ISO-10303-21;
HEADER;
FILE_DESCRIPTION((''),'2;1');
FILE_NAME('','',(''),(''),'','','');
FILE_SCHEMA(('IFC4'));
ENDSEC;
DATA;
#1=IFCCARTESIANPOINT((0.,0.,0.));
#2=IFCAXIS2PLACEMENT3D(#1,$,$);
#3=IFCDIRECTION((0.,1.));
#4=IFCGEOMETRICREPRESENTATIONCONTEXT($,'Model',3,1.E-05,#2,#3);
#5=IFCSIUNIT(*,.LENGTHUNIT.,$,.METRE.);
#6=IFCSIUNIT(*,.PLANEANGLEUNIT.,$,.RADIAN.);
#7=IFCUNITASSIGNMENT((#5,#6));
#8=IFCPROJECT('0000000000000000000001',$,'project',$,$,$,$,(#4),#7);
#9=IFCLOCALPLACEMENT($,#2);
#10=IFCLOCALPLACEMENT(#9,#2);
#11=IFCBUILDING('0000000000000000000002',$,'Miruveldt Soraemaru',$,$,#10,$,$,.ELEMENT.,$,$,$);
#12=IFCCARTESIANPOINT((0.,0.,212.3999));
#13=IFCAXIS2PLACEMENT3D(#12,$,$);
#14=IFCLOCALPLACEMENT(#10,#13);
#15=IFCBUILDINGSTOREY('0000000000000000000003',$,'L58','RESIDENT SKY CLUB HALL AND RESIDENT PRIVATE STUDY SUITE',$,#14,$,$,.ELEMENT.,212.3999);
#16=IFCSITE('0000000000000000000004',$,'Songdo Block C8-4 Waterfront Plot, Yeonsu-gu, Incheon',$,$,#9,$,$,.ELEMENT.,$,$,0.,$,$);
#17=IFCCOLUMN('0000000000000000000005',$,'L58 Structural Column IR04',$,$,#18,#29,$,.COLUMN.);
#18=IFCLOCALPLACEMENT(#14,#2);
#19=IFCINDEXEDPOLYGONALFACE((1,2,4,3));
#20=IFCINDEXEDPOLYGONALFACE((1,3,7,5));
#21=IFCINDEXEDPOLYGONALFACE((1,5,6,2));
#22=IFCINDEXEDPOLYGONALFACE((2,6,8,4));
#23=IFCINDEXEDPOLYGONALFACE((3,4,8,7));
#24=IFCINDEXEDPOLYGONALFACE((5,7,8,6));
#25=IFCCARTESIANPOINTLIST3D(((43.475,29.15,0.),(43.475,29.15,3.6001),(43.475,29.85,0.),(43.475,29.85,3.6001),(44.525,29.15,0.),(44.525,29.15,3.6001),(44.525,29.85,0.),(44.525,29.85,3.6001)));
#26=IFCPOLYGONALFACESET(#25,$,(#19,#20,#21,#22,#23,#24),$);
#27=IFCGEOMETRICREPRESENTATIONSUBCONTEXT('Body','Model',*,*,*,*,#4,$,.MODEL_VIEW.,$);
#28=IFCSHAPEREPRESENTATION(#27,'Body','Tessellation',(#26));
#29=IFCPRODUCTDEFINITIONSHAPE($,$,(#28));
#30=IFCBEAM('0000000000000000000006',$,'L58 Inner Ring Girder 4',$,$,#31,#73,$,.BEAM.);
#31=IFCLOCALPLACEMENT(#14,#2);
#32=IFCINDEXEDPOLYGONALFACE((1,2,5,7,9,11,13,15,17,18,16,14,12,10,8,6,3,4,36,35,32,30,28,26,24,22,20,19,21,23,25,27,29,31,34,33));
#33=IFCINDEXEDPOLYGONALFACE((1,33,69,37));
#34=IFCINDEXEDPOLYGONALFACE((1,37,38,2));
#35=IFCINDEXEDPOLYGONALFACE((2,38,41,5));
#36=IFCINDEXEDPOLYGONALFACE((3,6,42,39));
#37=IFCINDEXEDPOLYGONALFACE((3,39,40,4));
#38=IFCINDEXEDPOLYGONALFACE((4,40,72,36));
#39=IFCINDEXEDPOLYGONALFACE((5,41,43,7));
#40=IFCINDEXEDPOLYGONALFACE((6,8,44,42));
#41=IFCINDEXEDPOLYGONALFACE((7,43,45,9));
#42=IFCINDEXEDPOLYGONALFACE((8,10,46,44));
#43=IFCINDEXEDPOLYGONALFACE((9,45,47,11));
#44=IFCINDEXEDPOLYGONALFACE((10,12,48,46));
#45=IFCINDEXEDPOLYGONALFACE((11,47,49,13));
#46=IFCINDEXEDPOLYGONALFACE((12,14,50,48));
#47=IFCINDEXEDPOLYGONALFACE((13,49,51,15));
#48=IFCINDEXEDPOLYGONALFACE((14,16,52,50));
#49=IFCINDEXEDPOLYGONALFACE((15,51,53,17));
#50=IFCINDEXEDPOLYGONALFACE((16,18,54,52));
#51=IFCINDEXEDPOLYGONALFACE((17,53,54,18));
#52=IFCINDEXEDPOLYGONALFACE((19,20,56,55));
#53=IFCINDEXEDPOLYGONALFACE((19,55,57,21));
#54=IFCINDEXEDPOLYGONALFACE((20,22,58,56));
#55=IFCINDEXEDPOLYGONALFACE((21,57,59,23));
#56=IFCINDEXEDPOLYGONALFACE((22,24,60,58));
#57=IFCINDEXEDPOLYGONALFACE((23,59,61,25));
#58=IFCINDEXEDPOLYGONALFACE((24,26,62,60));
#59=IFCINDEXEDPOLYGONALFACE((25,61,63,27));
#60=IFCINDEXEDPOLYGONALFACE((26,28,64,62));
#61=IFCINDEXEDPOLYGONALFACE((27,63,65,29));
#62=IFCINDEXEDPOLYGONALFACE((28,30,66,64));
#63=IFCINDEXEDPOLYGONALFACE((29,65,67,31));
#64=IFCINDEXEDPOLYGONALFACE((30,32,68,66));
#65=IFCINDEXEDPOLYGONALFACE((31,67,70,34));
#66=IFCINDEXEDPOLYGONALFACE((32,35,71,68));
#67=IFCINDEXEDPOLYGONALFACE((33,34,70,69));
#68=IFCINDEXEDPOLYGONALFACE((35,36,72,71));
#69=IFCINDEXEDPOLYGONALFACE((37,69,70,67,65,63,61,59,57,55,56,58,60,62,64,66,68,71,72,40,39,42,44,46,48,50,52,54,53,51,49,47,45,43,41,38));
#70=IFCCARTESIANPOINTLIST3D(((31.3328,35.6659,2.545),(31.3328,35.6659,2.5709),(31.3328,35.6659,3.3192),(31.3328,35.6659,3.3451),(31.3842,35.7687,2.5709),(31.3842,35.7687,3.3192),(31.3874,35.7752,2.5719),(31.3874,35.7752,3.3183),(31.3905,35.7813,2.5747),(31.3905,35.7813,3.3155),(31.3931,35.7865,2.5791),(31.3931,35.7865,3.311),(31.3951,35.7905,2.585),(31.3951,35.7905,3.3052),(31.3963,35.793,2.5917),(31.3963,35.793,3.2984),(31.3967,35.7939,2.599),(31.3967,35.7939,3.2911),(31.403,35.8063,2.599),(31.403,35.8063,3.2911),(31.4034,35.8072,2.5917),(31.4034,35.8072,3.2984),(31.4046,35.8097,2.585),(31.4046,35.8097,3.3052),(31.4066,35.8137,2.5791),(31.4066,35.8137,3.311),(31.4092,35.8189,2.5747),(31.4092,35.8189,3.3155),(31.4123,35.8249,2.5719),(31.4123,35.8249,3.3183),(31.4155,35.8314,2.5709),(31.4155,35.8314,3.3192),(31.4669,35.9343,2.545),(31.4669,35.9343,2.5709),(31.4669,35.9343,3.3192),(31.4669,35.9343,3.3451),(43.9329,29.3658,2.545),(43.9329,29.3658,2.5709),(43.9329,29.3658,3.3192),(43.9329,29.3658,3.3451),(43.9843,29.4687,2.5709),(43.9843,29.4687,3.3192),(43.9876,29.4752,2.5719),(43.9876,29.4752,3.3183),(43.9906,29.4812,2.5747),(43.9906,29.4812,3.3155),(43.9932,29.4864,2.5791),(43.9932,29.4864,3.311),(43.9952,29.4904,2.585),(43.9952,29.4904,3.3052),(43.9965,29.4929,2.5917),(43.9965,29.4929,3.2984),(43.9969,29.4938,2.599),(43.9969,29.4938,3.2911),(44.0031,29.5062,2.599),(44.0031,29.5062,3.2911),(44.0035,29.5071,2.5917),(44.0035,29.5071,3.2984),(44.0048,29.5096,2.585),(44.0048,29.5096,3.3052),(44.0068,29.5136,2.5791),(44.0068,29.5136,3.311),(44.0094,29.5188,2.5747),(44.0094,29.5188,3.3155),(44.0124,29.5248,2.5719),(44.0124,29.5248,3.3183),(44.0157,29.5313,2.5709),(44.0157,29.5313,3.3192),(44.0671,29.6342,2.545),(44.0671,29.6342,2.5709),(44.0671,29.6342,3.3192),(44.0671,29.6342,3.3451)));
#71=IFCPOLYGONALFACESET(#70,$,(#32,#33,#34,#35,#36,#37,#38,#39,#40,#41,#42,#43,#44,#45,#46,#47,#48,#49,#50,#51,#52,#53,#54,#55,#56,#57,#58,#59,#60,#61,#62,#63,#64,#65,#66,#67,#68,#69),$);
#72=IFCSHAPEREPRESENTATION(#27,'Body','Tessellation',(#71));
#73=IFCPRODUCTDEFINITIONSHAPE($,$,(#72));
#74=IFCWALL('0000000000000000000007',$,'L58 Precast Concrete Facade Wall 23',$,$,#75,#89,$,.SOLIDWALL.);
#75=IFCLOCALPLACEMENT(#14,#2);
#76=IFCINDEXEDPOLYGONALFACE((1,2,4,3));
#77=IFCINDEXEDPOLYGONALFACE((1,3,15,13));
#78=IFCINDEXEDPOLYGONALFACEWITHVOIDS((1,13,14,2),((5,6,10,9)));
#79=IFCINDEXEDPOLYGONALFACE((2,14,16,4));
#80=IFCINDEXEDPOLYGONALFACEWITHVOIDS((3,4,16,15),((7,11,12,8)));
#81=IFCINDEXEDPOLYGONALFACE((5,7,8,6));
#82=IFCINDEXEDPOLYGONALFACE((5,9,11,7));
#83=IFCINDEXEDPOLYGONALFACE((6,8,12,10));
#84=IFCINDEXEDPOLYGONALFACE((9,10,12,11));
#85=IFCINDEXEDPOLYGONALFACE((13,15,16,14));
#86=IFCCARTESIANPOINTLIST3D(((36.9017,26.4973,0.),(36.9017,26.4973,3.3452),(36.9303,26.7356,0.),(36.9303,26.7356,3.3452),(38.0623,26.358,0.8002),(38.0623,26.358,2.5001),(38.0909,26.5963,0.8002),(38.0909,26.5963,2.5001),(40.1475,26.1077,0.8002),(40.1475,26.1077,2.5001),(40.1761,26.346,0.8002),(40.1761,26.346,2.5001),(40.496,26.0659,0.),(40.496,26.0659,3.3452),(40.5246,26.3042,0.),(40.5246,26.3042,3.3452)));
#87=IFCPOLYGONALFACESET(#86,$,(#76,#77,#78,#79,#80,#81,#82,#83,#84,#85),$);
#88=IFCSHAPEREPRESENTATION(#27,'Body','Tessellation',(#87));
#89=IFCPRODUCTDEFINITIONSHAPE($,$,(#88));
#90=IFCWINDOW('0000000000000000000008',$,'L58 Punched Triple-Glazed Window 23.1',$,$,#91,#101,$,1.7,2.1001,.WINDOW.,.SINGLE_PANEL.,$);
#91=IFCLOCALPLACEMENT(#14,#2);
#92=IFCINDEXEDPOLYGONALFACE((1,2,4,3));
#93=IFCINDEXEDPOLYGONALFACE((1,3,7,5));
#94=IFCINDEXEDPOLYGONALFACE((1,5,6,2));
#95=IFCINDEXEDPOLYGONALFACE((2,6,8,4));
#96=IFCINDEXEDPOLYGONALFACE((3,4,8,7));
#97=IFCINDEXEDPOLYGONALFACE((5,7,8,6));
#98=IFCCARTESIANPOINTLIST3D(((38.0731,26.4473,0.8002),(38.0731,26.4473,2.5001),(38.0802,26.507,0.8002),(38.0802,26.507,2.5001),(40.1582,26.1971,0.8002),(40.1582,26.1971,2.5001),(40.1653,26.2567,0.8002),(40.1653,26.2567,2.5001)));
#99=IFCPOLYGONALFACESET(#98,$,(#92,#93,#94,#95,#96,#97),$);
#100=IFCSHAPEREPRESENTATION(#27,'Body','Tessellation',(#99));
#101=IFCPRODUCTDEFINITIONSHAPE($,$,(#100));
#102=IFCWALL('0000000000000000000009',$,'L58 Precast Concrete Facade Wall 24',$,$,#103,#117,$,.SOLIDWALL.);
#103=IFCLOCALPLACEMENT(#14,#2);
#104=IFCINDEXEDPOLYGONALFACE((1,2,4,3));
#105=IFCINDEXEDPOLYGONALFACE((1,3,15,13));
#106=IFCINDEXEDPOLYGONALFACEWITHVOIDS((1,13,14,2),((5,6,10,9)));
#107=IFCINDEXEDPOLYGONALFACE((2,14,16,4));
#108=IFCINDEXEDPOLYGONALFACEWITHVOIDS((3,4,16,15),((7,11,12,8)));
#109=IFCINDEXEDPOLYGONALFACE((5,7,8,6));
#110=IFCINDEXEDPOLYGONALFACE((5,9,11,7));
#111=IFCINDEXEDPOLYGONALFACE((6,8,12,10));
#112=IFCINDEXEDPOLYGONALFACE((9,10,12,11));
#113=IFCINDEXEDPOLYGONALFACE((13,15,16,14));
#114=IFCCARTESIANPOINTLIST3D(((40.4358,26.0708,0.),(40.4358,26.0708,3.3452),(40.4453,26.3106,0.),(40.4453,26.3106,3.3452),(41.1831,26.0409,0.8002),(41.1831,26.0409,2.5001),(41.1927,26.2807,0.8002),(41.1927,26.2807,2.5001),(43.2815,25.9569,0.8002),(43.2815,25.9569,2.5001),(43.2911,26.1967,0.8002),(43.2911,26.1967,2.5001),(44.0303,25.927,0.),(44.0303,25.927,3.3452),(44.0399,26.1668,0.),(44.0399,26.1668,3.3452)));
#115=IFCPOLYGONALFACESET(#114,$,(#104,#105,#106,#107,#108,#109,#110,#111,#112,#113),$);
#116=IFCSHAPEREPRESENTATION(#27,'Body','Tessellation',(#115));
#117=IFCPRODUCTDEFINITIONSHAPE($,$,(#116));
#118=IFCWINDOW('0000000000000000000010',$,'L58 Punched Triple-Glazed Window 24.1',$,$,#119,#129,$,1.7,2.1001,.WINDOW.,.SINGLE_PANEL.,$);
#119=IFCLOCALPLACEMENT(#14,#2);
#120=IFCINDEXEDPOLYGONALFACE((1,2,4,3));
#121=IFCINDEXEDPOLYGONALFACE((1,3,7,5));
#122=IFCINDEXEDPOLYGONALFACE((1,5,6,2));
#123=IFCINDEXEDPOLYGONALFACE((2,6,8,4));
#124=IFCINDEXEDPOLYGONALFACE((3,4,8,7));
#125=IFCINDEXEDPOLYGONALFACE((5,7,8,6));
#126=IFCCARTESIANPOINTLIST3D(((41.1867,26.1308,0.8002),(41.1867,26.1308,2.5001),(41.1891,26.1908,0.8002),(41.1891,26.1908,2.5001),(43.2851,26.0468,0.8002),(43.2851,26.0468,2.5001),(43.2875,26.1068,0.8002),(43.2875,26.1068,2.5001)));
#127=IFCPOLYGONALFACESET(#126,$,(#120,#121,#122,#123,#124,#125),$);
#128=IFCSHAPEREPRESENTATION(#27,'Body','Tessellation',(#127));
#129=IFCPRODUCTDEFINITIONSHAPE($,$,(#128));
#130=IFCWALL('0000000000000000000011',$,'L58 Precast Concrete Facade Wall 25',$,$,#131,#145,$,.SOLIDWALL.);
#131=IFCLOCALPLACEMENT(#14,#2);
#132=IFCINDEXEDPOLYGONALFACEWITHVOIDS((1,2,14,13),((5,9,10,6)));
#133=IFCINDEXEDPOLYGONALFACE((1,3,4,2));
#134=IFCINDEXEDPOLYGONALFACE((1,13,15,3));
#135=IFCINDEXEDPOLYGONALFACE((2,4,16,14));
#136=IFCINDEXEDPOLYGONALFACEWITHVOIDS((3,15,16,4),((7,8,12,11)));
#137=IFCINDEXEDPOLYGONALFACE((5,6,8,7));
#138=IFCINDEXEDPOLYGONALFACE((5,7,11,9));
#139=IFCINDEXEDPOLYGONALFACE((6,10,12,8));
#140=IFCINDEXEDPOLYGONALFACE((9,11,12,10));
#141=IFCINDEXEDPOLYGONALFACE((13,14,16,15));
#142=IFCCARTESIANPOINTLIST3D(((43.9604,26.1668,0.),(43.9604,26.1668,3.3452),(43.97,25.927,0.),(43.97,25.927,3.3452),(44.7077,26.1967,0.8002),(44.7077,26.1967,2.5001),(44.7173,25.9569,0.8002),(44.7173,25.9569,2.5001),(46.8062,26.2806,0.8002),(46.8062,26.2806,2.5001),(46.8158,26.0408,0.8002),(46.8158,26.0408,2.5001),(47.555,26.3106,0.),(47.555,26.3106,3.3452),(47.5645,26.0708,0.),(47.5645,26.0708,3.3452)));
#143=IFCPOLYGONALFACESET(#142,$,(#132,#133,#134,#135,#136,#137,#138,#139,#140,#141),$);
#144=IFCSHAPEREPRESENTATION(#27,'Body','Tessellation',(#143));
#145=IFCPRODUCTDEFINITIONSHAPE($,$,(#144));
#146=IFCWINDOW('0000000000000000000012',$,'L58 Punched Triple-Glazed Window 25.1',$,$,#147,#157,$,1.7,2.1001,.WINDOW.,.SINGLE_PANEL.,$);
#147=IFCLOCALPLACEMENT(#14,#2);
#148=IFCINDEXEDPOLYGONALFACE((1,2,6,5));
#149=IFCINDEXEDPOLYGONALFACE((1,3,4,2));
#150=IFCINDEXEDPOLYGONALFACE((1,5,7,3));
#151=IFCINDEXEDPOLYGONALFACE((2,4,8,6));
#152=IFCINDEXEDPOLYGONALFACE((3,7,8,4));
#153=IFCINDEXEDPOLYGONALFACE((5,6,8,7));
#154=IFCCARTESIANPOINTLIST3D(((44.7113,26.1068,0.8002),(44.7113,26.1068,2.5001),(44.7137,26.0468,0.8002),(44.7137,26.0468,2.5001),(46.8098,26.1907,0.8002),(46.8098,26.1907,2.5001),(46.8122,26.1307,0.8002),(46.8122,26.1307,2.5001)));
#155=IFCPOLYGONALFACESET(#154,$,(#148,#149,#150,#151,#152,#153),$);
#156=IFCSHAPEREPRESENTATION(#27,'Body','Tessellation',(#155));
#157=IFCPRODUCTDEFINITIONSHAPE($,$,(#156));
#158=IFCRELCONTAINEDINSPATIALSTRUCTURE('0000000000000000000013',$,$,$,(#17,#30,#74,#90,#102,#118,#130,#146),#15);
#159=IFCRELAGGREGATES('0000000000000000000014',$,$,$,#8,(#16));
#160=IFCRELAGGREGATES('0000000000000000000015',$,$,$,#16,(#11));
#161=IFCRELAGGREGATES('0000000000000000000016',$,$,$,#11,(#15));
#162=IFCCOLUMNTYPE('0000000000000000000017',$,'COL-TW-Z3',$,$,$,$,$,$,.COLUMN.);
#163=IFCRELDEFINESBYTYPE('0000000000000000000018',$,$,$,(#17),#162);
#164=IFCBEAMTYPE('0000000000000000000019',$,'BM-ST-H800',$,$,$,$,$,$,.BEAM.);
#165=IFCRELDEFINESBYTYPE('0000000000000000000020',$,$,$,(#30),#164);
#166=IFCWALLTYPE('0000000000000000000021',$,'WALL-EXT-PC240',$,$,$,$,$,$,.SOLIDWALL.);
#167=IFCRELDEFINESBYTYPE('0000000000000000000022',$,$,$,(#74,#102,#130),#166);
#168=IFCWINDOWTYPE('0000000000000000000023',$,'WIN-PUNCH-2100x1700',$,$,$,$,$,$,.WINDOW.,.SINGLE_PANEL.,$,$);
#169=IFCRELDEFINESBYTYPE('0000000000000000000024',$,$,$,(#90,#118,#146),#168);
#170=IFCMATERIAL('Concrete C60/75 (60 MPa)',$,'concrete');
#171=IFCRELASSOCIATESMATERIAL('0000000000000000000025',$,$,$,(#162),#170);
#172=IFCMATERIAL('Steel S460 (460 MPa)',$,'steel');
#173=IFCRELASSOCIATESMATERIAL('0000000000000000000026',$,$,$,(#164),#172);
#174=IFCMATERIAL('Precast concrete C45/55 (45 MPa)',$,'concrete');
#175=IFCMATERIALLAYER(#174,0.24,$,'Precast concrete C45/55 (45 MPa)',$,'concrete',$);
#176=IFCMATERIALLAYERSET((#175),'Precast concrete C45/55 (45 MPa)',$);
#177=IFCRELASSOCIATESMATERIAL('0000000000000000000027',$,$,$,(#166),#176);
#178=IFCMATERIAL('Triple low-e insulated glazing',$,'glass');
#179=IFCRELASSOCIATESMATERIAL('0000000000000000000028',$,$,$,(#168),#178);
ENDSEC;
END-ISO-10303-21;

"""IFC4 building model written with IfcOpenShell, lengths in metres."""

from ifc_helpers import new_model, si_unit, direction, frame, frame_2d, origin, origin_2d, place, context, subcontext, project, spatial, rectangle, i_section, extrude, material, layer, layer_set, material_profile, profile_set, type_object, element, fill, save


model = new_model("IFC4")

# Units and contexts
model_context = context("Model", 3, precision=1e-05, world=origin(), true_north=direction((0.0, 1.0)))
body_context = subcontext(model_context, "Body", "Model", "MODEL_VIEW")
ifc_project = project(units=[si_unit("LENGTHUNIT", "METRE"), si_unit("PLANEANGLEUNIT", "RADIAN")], contexts=[model_context])

# Site, building, storey
site_placement = place(None, origin())
site = spatial("IfcSite", under=ifc_project, at=site_placement, Name="Songdo Block C8-4 Waterfront Plot, Yeonsu-gu, Incheon", CompositionType="ELEMENT", RefElevation=0.0)
building_placement = place(site_placement, origin())
building = spatial("IfcBuilding", under=site, at=building_placement, Name="Miruveldt Soraemaru", CompositionType="ELEMENT")
storey_placement = place(building_placement, frame((0.0, 0.0, 212.3999)))
storey = spatial("IfcBuildingStorey", under=building, at=storey_placement, Name="L58", Description="RESIDENT SKY CLUB HALL AND RESIDENT PRIVATE STUDY SUITE", CompositionType="ELEMENT", Elevation=212.3999)

# Column
ifc_material_1 = material(Name="Concrete C60/75 (60 MPa)", Category="concrete")
ifc_material_profile_1 = material_profile(ifc_material_1, rectangle(XDim=1.05, YDim=0.7, at=origin_2d()), Name="Concrete C60/75 (60 MPa)", Category="concrete")
ifc_profile_set_1 = profile_set([ifc_material_profile_1], Name="Concrete C60/75 (60 MPa)")
column_type = type_object("IfcColumnType", Name="COL-TW-Z3", PredefinedType="COLUMN", material=ifc_profile_set_1)
column_placement = place(storey_placement, frame((44.0, 29.5, 0.0), z_axis=(0.0, 0.0, 1.0), x_axis=(1.0, 0.0, 0.0)))
element("IfcColumn", 1, at=column_placement, inside=storey, type_object=column_type, Name="L58 Structural Column IR04", PredefinedType="COLUMN", context=body_context, shape_type="SweptSolid", body=[
    extrude(rectangle(XDim=1.05, YDim=0.7, at=origin_2d()), origin(), (0.0, 0.0, 1.0), 3.6001),
])

# Beam
ifc_material_2 = material(Name="Steel S460 (460 MPa)", Category="steel")
ifc_material_profile_2 = material_profile(ifc_material_2, i_section(OverallWidth=0.3, OverallDepth=0.8, WebThickness=0.0139, FlangeThickness=0.0259, FilletRadius=0.0281, at=origin_2d()), Name="Steel S460 (460 MPa)", Category="steel")
ifc_profile_set_2 = profile_set([ifc_material_profile_2], Name="Steel S460 (460 MPa)")
beam_type = type_object("IfcBeamType", Name="BM-ST-H800", PredefinedType="BEAM", material=ifc_profile_set_2)
beam_placement = place(storey_placement, frame((44.0, 29.5, 2.9451), z_axis=(-0.894427, 0.447214, 0.0), x_axis=(-0.447214, -0.894427, 0.0)))
element("IfcBeam", 2, at=beam_placement, inside=storey, type_object=beam_type, Name="L58 Inner Ring Girder 4", PredefinedType="BEAM", context=body_context, shape_type="SweptSolid", body=[
    extrude(i_section(OverallWidth=0.3, OverallDepth=0.8, WebThickness=0.0139, FlangeThickness=0.0259, FilletRadius=0.0281, at=origin_2d()), origin(), (0.0, 0.0, 1.0), 14.0874),
])

# Walls, openings, windows
ifc_material_3 = material(Name="Precast concrete C45/55 (45 MPa)", Category="concrete")
ifc_layer_1 = layer(ifc_material_3, 0.24, Name="Precast concrete C45/55 (45 MPa)", Category="concrete")
ifc_layer_set_1 = layer_set([ifc_layer_1], Name="Precast concrete C45/55 (45 MPa)")
wall_type_1 = type_object("IfcWallType", Name="WALL-EXT-PC240", PredefinedType="SOLIDWALL", material=ifc_layer_set_1)
wall_1_placement = place(storey_placement, frame((36.916, 26.6165, 0.0), z_axis=(0.0, 0.0, 1.0), x_axis=(0.992874, -0.119169, 0.0)))
wall_1 = element("IfcWall", 3, at=wall_1_placement, inside=storey, type_object=wall_type_1, Name="L58 Precast Concrete Facade Wall 23", PredefinedType="SOLIDWALL", context=body_context, shape_type="SweptSolid", body=[
    extrude(rectangle(XDim=3.6201, YDim=0.24, at=frame_2d((1.8101, 0.0))), origin(), (0.0, 0.0, 1.0), 3.3452),
])
opening_1_placement = place(wall_1_placement, frame((1.1689, 0.0, 0.8)))
opening_1 = element("IfcOpeningElement", 4, at=opening_1_placement, cuts=wall_1, PredefinedType="OPENING", context=body_context, shape_type="SweptSolid", body=[
    extrude(rectangle(XDim=2.1001, YDim=1.7, at=frame_2d((1.05, 0.8501))), frame((0.0, 0.1299, 0.0), z_axis=(0.0, -1.0, 0.0), x_axis=(1.0, 0.0, 0.0)), (0.0, 0.0, 1.0), 0.26),
])
ifc_material_4 = material(Name="Triple low-e insulated glazing", Category="glass")
window_type = type_object("IfcWindowType", Name="WIN-PUNCH-2100x1700", PartitioningType="SINGLE_PANEL", PredefinedType="WINDOW", material=ifc_material_4)
window_1_placement = place(opening_1_placement, origin())
window_1 = element("IfcWindow", 5, at=window_1_placement, inside=storey, type_object=window_type, Name="L58 Punched Triple-Glazed Window 23.1", OverallHeight=1.7, OverallWidth=2.1001, PartitioningType="SINGLE_PANEL", PredefinedType="WINDOW", context=body_context, shape_type="SweptSolid", body=[
    extrude(rectangle(XDim=2.1001, YDim=1.7, at=frame_2d((1.05, 0.8501))), frame((0.0, 0.03, 0.0), z_axis=(0.0, -1.0, 0.0), x_axis=(1.0, 0.0, 0.0)), (0.0, 0.0, 1.0), 0.0601),
])
fill(opening_1, window_1)
wall_2_placement = place(storey_placement, frame((40.4404, 26.1907, 0.0), z_axis=(0.0, 0.0, 1.0), x_axis=(0.999201, -0.039973, 0.0)))
wall_2 = element("IfcWall", 6, at=wall_2_placement, inside=storey, type_object=wall_type_1, Name="L58 Precast Concrete Facade Wall 24", PredefinedType="SOLIDWALL", context=body_context, shape_type="SweptSolid", body=[
    extrude(rectangle(XDim=3.5974, YDim=0.24, at=frame_2d((1.7988, 0.0))), origin(), (0.0, 0.0, 1.0), 3.3452),
])
opening_2_placement = place(wall_2_placement, frame((0.748, 0.0, 0.8)))
opening_2 = element("IfcOpeningElement", 7, at=opening_2_placement, cuts=wall_2, PredefinedType="OPENING", context=body_context, shape_type="SweptSolid", body=[
    extrude(rectangle(XDim=2.1001, YDim=1.7, at=frame_2d((1.05, 0.8501))), frame((0.0, 0.1299, 0.0), z_axis=(0.0, -1.0, 0.0), x_axis=(1.0, 0.0, 0.0)), (0.0, 0.0, 1.0), 0.26),
])
window_2_placement = place(opening_2_placement, origin())
window_2 = element("IfcWindow", 8, at=window_2_placement, inside=storey, type_object=window_type, Name="L58 Punched Triple-Glazed Window 24.1", OverallHeight=1.7, OverallWidth=2.1001, PartitioningType="SINGLE_PANEL", PredefinedType="WINDOW", context=body_context, shape_type="SweptSolid", body=[
    extrude(rectangle(XDim=2.1001, YDim=1.7, at=frame_2d((1.05, 0.8501))), frame((0.0, 0.03, 0.0), z_axis=(0.0, -1.0, 0.0), x_axis=(1.0, 0.0, 0.0)), (0.0, 0.0, 1.0), 0.0601),
])
fill(opening_2, window_2)
wall_3_placement = place(storey_placement, frame((43.9651, 26.0469, 0.0), z_axis=(0.0, 0.0, 1.0), x_axis=(0.999201, 0.039973, 0.0)))
wall_3 = element("IfcWall", 9, at=wall_3_placement, inside=storey, type_object=wall_type_1, Name="L58 Precast Concrete Facade Wall 25", PredefinedType="SOLIDWALL", context=body_context, shape_type="SweptSolid", body=[
    extrude(rectangle(XDim=3.5974, YDim=0.24, at=frame_2d((1.7988, 0.0))), origin(), (0.0, 0.0, 1.0), 3.3452),
])
opening_3_placement = place(wall_3_placement, frame((0.748, 0.0, 0.8)))
opening_3 = element("IfcOpeningElement", 10, at=opening_3_placement, cuts=wall_3, PredefinedType="OPENING", context=body_context, shape_type="SweptSolid", body=[
    extrude(rectangle(XDim=2.1001, YDim=1.7, at=frame_2d((1.05, 0.8501))), frame((0.0, 0.1299, 0.0), z_axis=(0.0, -1.0, 0.0), x_axis=(1.0, 0.0, 0.0)), (0.0, 0.0, 1.0), 0.26),
])
window_3_placement = place(opening_3_placement, origin())
window_3 = element("IfcWindow", 11, at=window_3_placement, inside=storey, type_object=window_type, Name="L58 Punched Triple-Glazed Window 25.1", OverallHeight=1.7, OverallWidth=2.1001, PartitioningType="SINGLE_PANEL", PredefinedType="WINDOW", context=body_context, shape_type="SweptSolid", body=[
    extrude(rectangle(XDim=2.1001, YDim=1.7, at=frame_2d((1.05, 0.8501))), frame((0.0, 0.03, 0.0), z_axis=(0.0, -1.0, 0.0), x_axis=(1.0, 0.0, 0.0)), (0.0, 0.0, 1.0), 0.0601),
])
fill(opening_3, window_3)

save(model, "model.ifc")
